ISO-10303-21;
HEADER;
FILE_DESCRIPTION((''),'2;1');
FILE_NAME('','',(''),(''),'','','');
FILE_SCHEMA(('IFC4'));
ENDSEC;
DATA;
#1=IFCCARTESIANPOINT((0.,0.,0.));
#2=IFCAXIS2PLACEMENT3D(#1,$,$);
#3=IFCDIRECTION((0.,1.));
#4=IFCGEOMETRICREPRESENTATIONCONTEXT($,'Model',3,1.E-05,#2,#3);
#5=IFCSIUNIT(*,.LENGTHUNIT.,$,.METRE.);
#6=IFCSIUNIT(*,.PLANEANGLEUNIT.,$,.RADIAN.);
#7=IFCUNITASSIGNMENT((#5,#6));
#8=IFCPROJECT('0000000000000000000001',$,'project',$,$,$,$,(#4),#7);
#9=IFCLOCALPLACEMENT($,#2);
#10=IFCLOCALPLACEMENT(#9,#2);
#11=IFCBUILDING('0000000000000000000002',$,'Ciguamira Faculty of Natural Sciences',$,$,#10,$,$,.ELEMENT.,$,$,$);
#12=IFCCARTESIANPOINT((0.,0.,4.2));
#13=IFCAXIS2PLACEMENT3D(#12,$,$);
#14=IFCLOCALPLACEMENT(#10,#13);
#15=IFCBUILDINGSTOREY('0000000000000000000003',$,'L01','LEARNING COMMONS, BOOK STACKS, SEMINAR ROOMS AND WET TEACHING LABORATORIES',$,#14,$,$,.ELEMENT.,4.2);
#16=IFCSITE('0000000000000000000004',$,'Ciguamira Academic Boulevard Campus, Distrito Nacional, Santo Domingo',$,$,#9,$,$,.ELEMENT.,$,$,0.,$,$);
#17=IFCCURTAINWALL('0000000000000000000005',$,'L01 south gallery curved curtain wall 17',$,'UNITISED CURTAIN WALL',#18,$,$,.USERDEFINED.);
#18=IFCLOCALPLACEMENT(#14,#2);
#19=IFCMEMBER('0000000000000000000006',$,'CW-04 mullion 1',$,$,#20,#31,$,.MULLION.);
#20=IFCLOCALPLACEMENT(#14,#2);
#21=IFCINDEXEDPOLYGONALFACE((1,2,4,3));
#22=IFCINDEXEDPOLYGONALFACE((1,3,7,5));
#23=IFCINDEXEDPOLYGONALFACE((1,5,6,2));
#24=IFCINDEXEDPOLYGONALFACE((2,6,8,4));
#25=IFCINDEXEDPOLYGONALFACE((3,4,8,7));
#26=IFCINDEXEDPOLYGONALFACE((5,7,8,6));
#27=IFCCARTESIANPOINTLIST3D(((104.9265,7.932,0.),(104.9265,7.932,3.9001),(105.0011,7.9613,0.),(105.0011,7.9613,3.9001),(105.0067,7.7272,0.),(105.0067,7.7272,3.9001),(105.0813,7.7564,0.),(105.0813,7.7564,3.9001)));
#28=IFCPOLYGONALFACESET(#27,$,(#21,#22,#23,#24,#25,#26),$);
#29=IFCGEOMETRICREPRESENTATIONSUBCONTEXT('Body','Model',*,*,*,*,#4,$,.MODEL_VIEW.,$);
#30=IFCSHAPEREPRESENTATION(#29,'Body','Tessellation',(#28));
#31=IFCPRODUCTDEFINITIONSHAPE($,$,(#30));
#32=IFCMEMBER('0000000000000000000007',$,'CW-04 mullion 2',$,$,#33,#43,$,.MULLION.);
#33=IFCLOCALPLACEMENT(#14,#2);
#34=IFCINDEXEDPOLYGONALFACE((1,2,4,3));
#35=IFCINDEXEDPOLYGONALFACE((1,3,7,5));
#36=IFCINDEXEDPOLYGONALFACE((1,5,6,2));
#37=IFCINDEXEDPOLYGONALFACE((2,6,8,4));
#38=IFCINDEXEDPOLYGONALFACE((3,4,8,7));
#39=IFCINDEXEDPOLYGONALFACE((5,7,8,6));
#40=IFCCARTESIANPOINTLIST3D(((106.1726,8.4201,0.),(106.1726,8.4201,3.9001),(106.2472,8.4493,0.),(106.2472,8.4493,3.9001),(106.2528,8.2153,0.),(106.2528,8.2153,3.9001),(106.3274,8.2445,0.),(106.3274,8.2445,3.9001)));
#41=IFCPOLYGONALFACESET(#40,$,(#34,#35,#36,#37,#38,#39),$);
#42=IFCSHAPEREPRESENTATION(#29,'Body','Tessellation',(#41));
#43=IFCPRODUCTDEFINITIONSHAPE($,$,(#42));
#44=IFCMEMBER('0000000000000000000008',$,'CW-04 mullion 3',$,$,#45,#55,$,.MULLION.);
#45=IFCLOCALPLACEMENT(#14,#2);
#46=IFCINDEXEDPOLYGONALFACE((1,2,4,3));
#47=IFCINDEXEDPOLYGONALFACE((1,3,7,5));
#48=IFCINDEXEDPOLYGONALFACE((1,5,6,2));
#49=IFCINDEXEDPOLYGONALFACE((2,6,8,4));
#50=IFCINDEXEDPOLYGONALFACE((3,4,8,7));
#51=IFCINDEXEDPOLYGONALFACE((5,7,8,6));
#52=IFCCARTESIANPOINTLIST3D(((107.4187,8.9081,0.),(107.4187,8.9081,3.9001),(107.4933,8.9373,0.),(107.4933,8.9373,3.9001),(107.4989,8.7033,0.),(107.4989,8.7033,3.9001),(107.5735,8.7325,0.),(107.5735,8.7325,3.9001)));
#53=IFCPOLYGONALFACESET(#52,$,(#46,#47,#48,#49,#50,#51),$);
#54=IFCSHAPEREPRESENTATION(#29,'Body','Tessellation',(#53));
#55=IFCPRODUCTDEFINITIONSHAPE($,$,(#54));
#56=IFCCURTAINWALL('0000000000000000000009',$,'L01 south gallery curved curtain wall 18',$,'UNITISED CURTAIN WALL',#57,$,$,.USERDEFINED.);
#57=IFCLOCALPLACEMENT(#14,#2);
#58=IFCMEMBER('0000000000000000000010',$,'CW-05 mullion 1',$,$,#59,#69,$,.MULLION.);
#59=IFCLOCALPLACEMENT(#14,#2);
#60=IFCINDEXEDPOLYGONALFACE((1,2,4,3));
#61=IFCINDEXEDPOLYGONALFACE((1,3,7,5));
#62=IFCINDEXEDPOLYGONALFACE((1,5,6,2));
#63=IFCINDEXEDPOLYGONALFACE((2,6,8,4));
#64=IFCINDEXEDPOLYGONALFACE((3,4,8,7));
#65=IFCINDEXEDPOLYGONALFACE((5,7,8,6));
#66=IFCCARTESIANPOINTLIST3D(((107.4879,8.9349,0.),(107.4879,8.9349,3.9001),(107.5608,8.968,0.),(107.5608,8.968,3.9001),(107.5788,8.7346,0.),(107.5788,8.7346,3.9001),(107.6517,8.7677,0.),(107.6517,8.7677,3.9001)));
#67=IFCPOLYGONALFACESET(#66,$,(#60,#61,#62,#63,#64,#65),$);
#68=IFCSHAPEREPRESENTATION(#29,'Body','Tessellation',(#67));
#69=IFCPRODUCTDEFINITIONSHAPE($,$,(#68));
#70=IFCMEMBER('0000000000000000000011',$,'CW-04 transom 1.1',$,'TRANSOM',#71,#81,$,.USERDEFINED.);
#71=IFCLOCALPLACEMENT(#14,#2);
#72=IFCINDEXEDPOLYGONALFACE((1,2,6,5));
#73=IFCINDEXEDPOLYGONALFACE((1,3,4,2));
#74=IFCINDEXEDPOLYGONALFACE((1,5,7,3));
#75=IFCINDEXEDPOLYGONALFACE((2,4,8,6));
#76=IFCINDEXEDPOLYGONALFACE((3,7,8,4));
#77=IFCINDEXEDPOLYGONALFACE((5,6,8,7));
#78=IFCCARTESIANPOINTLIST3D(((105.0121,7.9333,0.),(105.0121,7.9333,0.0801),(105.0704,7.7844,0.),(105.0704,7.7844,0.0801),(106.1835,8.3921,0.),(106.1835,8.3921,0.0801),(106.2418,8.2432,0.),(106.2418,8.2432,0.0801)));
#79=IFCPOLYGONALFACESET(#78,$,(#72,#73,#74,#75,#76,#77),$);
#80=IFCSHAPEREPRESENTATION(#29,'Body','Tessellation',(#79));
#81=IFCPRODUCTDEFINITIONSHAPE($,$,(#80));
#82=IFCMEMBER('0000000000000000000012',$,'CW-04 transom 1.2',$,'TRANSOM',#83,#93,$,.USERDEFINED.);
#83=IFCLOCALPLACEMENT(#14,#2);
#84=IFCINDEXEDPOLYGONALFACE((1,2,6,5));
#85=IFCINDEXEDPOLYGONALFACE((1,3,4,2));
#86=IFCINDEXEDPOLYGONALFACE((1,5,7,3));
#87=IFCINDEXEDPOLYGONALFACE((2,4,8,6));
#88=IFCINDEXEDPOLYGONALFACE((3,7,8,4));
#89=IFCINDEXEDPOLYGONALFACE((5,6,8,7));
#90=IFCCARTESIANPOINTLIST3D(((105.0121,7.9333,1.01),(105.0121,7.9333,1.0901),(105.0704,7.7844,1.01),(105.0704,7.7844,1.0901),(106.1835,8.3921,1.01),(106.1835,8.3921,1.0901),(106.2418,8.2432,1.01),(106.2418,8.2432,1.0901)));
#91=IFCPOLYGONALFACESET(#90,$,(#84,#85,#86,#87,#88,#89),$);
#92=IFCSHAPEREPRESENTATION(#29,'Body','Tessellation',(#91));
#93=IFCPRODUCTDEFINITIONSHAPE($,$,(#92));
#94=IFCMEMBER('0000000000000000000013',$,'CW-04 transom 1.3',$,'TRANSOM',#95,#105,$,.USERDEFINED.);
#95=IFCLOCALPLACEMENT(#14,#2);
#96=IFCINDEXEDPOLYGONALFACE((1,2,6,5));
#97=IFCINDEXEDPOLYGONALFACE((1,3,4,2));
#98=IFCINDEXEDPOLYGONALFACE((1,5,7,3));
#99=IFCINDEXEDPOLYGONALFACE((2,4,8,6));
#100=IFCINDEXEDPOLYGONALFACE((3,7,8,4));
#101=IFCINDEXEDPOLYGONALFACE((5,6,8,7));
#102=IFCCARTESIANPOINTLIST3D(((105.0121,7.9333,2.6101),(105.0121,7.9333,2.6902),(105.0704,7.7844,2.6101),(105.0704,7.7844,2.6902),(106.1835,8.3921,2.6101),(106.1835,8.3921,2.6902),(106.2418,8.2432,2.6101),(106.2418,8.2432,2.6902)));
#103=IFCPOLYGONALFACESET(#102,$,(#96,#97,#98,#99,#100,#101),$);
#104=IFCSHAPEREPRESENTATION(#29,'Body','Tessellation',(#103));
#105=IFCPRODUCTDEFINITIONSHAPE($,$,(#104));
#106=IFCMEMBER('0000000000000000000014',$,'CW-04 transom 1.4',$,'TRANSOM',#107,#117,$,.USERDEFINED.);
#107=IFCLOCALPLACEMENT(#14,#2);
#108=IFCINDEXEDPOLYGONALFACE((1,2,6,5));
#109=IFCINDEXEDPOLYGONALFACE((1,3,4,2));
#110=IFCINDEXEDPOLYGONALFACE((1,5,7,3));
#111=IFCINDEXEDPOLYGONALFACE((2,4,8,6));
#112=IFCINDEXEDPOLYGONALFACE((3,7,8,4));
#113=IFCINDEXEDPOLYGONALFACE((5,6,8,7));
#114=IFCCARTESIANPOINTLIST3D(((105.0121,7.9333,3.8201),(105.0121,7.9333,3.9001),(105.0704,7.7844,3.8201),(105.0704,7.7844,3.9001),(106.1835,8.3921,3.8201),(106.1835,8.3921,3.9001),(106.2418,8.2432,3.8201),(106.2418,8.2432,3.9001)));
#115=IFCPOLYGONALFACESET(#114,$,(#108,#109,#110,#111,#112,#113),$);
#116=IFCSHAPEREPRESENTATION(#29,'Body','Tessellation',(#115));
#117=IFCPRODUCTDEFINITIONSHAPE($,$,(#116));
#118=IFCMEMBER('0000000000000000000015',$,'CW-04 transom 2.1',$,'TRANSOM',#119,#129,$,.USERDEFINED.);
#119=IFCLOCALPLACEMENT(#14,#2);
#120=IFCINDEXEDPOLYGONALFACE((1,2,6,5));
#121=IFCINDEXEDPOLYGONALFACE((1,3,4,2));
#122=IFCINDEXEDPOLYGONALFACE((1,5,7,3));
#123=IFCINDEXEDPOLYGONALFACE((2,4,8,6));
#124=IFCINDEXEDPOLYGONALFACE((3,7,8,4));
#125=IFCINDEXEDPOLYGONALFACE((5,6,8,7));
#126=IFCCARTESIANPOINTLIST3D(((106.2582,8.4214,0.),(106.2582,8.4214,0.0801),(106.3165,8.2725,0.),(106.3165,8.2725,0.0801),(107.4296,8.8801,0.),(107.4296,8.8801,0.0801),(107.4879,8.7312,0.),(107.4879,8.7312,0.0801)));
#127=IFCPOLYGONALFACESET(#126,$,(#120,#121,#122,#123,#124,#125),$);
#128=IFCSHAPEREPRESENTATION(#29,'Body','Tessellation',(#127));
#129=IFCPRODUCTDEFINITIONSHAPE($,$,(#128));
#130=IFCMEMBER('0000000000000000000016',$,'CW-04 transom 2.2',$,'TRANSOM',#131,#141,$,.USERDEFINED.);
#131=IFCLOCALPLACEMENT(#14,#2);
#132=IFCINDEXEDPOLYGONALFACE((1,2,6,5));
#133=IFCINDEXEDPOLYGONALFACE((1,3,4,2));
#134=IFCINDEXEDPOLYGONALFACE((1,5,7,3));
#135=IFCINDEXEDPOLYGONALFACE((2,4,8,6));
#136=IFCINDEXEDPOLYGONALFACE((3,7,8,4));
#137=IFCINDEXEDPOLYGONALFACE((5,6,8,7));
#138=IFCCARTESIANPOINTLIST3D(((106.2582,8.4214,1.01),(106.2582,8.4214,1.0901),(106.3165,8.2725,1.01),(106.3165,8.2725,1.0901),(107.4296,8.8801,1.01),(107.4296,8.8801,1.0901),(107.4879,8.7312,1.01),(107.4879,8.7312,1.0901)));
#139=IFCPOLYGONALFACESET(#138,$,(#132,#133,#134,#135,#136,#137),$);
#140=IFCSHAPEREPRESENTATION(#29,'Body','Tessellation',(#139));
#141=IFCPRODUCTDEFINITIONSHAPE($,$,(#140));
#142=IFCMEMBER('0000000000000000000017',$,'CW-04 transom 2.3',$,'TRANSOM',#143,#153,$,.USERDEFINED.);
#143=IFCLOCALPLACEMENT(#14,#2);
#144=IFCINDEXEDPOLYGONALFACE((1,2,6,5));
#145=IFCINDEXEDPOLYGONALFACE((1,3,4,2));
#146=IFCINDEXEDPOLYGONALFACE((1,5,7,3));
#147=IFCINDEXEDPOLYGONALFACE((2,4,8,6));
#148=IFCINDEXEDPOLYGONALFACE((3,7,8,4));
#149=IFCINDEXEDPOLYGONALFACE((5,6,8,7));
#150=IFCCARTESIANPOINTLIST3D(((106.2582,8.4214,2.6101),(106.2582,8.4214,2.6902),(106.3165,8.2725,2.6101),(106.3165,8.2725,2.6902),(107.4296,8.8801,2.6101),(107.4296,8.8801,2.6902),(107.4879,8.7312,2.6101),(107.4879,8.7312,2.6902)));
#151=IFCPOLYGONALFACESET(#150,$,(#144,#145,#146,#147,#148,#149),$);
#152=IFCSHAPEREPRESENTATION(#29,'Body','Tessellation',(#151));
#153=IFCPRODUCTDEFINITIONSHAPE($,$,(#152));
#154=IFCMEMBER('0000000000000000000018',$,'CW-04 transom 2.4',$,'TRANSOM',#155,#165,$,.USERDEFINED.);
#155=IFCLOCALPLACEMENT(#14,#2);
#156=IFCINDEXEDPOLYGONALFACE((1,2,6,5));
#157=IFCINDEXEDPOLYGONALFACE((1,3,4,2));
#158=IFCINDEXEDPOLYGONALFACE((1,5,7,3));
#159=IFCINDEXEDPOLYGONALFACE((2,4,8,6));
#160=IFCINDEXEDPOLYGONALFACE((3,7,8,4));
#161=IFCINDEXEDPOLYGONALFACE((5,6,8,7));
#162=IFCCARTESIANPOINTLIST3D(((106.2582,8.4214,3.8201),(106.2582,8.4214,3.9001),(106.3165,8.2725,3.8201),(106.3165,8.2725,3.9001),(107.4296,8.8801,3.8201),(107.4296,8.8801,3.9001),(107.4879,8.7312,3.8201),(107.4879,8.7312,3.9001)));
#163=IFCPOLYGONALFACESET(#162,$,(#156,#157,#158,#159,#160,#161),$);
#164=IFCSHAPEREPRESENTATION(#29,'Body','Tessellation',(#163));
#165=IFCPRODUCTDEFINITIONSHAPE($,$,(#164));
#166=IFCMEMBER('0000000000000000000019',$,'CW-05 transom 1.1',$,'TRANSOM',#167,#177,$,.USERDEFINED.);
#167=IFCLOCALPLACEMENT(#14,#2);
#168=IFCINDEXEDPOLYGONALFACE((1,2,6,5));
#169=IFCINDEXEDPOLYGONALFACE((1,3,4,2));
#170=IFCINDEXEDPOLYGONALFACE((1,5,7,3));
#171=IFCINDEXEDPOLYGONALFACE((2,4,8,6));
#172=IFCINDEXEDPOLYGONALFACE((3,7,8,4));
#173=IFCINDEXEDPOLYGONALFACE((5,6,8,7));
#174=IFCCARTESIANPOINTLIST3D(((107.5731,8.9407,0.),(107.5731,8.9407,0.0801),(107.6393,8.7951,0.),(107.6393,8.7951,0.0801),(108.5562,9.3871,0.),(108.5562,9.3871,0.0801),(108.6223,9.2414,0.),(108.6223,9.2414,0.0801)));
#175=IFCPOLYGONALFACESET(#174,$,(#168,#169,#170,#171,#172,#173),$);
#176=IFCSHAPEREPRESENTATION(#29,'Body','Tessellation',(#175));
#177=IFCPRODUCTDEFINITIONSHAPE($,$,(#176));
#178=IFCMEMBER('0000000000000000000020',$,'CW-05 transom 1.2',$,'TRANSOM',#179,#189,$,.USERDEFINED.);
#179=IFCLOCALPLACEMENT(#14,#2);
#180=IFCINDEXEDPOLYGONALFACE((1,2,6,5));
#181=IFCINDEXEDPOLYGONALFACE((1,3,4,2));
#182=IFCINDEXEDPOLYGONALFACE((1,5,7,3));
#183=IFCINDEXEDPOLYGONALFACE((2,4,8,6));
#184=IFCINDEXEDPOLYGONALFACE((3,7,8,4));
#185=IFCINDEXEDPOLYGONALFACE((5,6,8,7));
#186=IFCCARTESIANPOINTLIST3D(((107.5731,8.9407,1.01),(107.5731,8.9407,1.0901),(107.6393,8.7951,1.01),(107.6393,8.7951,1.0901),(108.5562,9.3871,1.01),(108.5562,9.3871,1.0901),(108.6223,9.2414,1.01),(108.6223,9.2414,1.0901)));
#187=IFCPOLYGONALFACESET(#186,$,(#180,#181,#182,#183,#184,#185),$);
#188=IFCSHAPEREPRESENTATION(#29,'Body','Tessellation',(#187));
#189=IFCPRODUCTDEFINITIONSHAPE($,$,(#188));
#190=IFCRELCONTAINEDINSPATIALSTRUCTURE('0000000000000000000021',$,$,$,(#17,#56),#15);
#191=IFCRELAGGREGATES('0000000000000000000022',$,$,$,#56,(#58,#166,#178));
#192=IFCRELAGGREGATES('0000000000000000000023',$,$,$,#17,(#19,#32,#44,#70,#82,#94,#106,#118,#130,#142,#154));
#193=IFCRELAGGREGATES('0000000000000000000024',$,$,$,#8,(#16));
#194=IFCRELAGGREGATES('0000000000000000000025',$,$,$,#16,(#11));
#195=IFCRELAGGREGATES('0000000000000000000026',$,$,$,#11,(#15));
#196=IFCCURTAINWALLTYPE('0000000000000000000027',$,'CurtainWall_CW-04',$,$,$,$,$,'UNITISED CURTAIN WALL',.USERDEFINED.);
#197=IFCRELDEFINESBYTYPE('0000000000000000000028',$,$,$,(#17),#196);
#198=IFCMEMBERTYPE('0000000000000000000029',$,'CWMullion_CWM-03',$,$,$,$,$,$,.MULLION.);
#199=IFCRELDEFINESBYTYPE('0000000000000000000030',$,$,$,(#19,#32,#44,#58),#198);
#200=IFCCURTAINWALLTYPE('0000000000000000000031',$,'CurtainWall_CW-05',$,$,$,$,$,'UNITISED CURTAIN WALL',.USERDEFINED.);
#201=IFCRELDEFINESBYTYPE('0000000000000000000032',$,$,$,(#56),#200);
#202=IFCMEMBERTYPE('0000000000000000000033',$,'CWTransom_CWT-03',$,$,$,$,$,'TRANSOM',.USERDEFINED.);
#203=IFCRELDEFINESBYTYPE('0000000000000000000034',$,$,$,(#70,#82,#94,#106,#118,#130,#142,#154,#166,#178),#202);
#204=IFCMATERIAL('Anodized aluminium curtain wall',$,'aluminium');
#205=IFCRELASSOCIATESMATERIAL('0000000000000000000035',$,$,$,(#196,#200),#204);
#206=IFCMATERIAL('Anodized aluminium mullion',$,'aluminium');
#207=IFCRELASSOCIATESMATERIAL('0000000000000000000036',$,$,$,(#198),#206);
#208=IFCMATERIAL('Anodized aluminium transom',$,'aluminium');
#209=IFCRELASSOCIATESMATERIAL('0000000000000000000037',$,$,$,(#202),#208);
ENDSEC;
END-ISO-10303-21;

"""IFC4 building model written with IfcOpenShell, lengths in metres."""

from ifc_helpers import new_model, si_unit, direction, frame, origin, origin_2d, place, context, subcontext, project, spatial, rectangle, extrude, material, material_profile, profile_set, type_object, element, aggregate, save


model = new_model("IFC4")

# Units and contexts
model_context = context("Model", 3, precision=1e-05, world=origin(), true_north=direction((0.0, 1.0)))
body_context = subcontext(model_context, "Body", "Model", "MODEL_VIEW")
ifc_project = project(units=[si_unit("LENGTHUNIT", "METRE"), si_unit("PLANEANGLEUNIT", "RADIAN")], contexts=[model_context])

# Site, building, storey
site_placement = place(None, origin())
site = spatial("IfcSite", under=ifc_project, at=site_placement, Name="Ciguamira Academic Boulevard Campus, Distrito Nacional, Santo Domingo", CompositionType="ELEMENT", RefElevation=0.0)
building_placement = place(site_placement, origin())
building = spatial("IfcBuilding", under=site, at=building_placement, Name="Ciguamira Faculty of Natural Sciences", CompositionType="ELEMENT")
storey_placement = place(building_placement, frame((0.0, 0.0, 4.2)))
storey = spatial("IfcBuildingStorey", under=building, at=storey_placement, Name="L01", Description="LEARNING COMMONS, BOOK STACKS, SEMINAR ROOMS AND WET TEACHING LABORATORIES", CompositionType="ELEMENT", Elevation=4.2)

# Curtain wall, members
ifc_material_1 = material(Name="Anodized aluminium curtain wall", Category="aluminium")
curtain_wall_type_1 = type_object("IfcCurtainWallType", Name="CurtainWall_CW-04", ElementType="UNITISED CURTAIN WALL", PredefinedType="USERDEFINED", material=ifc_material_1)
curtain_wall_1_placement = place(storey_placement, origin())
curtain_wall_1 = element("IfcCurtainWall", 1, at=curtain_wall_1_placement, inside=storey, type_object=curtain_wall_type_1, Name="L01 south gallery curved curtain wall 17", ObjectType="UNITISED CURTAIN WALL", PredefinedType="USERDEFINED")
ifc_material_2 = material(Name="Anodized aluminium mullion", Category="aluminium")
ifc_material_profile_1 = material_profile(ifc_material_2, rectangle(XDim=0.0801, YDim=0.22, at=origin_2d()), Name="ALU-MUL-80X220")
ifc_profile_set_1 = profile_set([ifc_material_profile_1], Name="Anodized aluminium mullion")
member_type_1 = type_object("IfcMemberType", Name="CWMullion_CWM-03", PredefinedType="MULLION", material=ifc_profile_set_1)
member_1_placement = place(storey_placement, frame((105.0039, 7.8442, 0.0), z_axis=(0.0, 0.0, 1.0), x_axis=(0.931122, 0.364707, 0.0)))
member_1 = element("IfcMember", 2, at=member_1_placement, type_object=member_type_1, Name="CW-04 mullion 1", PredefinedType="MULLION", context=body_context, shape_type="SweptSolid", body=[
    extrude(rectangle(XDim=0.0801, YDim=0.22, at=origin_2d()), origin(), (0.0, 0.0, 1.0), 3.9001),
])
member_2_placement = place(storey_placement, frame((106.25, 8.3323, 0.0), z_axis=(0.0, 0.0, 1.0), x_axis=(0.931122, 0.364707, 0.0)))
member_2 = element("IfcMember", 3, at=member_2_placement, type_object=member_type_1, Name="CW-04 mullion 2", PredefinedType="MULLION", context=body_context, shape_type="SweptSolid", body=[
    extrude(rectangle(XDim=0.0801, YDim=0.22, at=origin_2d()), origin(), (0.0, 0.0, 1.0), 3.9001),
])
member_3_placement = place(storey_placement, frame((107.4961, 8.8203, 0.0), z_axis=(0.0, 0.0, 1.0), x_axis=(0.931122, 0.364707, 0.0)))
member_3 = element("IfcMember", 4, at=member_3_placement, type_object=member_type_1, Name="CW-04 mullion 3", PredefinedType="MULLION", context=body_context, shape_type="SweptSolid", body=[
    extrude(rectangle(XDim=0.0801, YDim=0.22, at=origin_2d()), origin(), (0.0, 0.0, 1.0), 3.9001),
])

# Curtain wall, member
curtain_wall_type_2 = type_object("IfcCurtainWallType", Name="CurtainWall_CW-05", ElementType="UNITISED CURTAIN WALL", PredefinedType="USERDEFINED", material=ifc_material_1)
curtain_wall_2_placement = place(storey_placement, origin())
curtain_wall_2 = element("IfcCurtainWall", 5, at=curtain_wall_2_placement, inside=storey, type_object=curtain_wall_type_2, Name="L01 south gallery curved curtain wall 18", ObjectType="UNITISED CURTAIN WALL", PredefinedType="USERDEFINED")
member_4_placement = place(storey_placement, frame((107.5698, 8.8513, 0.0), z_axis=(0.0, 0.0, 1.0), x_axis=(0.910581, 0.413332, 0.0)))
member_4 = element("IfcMember", 6, at=member_4_placement, type_object=member_type_1, Name="CW-05 mullion 1", PredefinedType="MULLION", context=body_context, shape_type="SweptSolid", body=[
    extrude(rectangle(XDim=0.0801, YDim=0.22, at=origin_2d()), origin(), (0.0, 0.0, 1.0), 3.9001),
])

# Members
ifc_material_3 = material(Name="Anodized aluminium transom", Category="aluminium")
ifc_material_profile_2 = material_profile(ifc_material_3, rectangle(XDim=0.0801, YDim=0.1599, at=origin_2d()), Name="ALU-TRN-80X160")
ifc_profile_set_2 = profile_set([ifc_material_profile_2], Name="Anodized aluminium transom")
member_type_2 = type_object("IfcMemberType", Name="CWTransom_CWT-03", ElementType="TRANSOM", PredefinedType="USERDEFINED", material=ifc_profile_set_2)
member_5_placement = place(storey_placement, frame((105.0413, 7.8589, 0.04), z_axis=(0.931143, 0.364655, 0.0), x_axis=(0.0, 0.0, 1.0)))
member_5 = element("IfcMember", 7, at=member_5_placement, type_object=member_type_2, Name="CW-04 transom 1.1", ObjectType="TRANSOM", PredefinedType="USERDEFINED", context=body_context, shape_type="SweptSolid", body=[
    extrude(rectangle(XDim=0.0801, YDim=0.1599, at=origin_2d()), origin(), (0.0, 0.0, 1.0), 1.2581),
])
member_6_placement = place(storey_placement, frame((105.0413, 7.8589, 1.05), z_axis=(0.931143, 0.364655, 0.0), x_axis=(0.0, 0.0, 1.0)))
member_6 = element("IfcMember", 8, at=member_6_placement, type_object=member_type_2, Name="CW-04 transom 1.2", ObjectType="TRANSOM", PredefinedType="USERDEFINED", context=body_context, shape_type="SweptSolid", body=[
    extrude(rectangle(XDim=0.0801, YDim=0.1599, at=origin_2d()), origin(), (0.0, 0.0, 1.0), 1.2581),
])
member_7_placement = place(storey_placement, frame((105.0413, 7.8589, 2.6501), z_axis=(0.931143, 0.364655, 0.0), x_axis=(0.0, 0.0, 1.0)))
member_7 = element("IfcMember", 9, at=member_7_placement, type_object=member_type_2, Name="CW-04 transom 1.3", ObjectType="TRANSOM", PredefinedType="USERDEFINED", context=body_context, shape_type="SweptSolid", body=[
    extrude(rectangle(XDim=0.0801, YDim=0.1599, at=origin_2d()), origin(), (0.0, 0.0, 1.0), 1.2581),
])
member_8_placement = place(storey_placement, frame((105.0413, 7.8589, 3.8601), z_axis=(0.931143, 0.364655, 0.0), x_axis=(0.0, 0.0, 1.0)))
member_8 = element("IfcMember", 10, at=member_8_placement, type_object=member_type_2, Name="CW-04 transom 1.4", ObjectType="TRANSOM", PredefinedType="USERDEFINED", context=body_context, shape_type="SweptSolid", body=[
    extrude(rectangle(XDim=0.0801, YDim=0.1599, at=origin_2d()), origin(), (0.0, 0.0, 1.0), 1.2581),
])
member_9_placement = place(storey_placement, frame((106.2874, 8.3469, 0.04), z_axis=(0.931143, 0.364655, 0.0), x_axis=(0.0, 0.0, 1.0)))
member_9 = element("IfcMember", 11, at=member_9_placement, type_object=member_type_2, Name="CW-04 transom 2.1", ObjectType="TRANSOM", PredefinedType="USERDEFINED", context=body_context, shape_type="SweptSolid", body=[
    extrude(rectangle(XDim=0.0801, YDim=0.1599, at=origin_2d()), origin(), (0.0, 0.0, 1.0), 1.2581),
])
member_10_placement = place(storey_placement, frame((106.2874, 8.3469, 1.05), z_axis=(0.931143, 0.364655, 0.0), x_axis=(0.0, 0.0, 1.0)))
member_10 = element("IfcMember", 12, at=member_10_placement, type_object=member_type_2, Name="CW-04 transom 2.2", ObjectType="TRANSOM", PredefinedType="USERDEFINED", context=body_context, shape_type="SweptSolid", body=[
    extrude(rectangle(XDim=0.0801, YDim=0.1599, at=origin_2d()), origin(), (0.0, 0.0, 1.0), 1.2581),
])
member_11_placement = place(storey_placement, frame((106.2874, 8.3469, 2.6501), z_axis=(0.931143, 0.364655, 0.0), x_axis=(0.0, 0.0, 1.0)))
member_11 = element("IfcMember", 13, at=member_11_placement, type_object=member_type_2, Name="CW-04 transom 2.3", ObjectType="TRANSOM", PredefinedType="USERDEFINED", context=body_context, shape_type="SweptSolid", body=[
    extrude(rectangle(XDim=0.0801, YDim=0.1599, at=origin_2d()), origin(), (0.0, 0.0, 1.0), 1.2581),
])
member_12_placement = place(storey_placement, frame((106.2874, 8.3469, 3.8601), z_axis=(0.931143, 0.364655, 0.0), x_axis=(0.0, 0.0, 1.0)))
member_12 = element("IfcMember", 14, at=member_12_placement, type_object=member_type_2, Name="CW-04 transom 2.4", ObjectType="TRANSOM", PredefinedType="USERDEFINED", context=body_context, shape_type="SweptSolid", body=[
    extrude(rectangle(XDim=0.0801, YDim=0.1599, at=origin_2d()), origin(), (0.0, 0.0, 1.0), 1.2581),
])
member_13_placement = place(storey_placement, frame((107.6062, 8.8679, 0.04), z_axis=(0.910537, 0.413428, 0.0), x_axis=(0.0, 0.0, 1.0)))
member_13 = element("IfcMember", 15, at=member_13_placement, type_object=member_type_2, Name="CW-05 transom 1.1", ObjectType="TRANSOM", PredefinedType="USERDEFINED", context=body_context, shape_type="SweptSolid", body=[
    extrude(rectangle(XDim=0.0801, YDim=0.1599, at=origin_2d()), origin(), (0.0, 0.0, 1.0), 1.0796),
])
member_14_placement = place(storey_placement, frame((107.6062, 8.8679, 1.05), z_axis=(0.910537, 0.413428, 0.0), x_axis=(0.0, 0.0, 1.0)))
member_14 = element("IfcMember", 16, at=member_14_placement, type_object=member_type_2, Name="CW-05 transom 1.2", ObjectType="TRANSOM", PredefinedType="USERDEFINED", context=body_context, shape_type="SweptSolid", body=[
    extrude(rectangle(XDim=0.0801, YDim=0.1599, at=origin_2d()), origin(), (0.0, 0.0, 1.0), 1.0796),
])
aggregate(curtain_wall_2, [member_4, member_13, member_14])

aggregate(curtain_wall_1, [member_1, member_2, member_3, member_5, member_6, member_7, member_8, member_9, member_10, member_11, member_12])

save(model, "model.ifc")
